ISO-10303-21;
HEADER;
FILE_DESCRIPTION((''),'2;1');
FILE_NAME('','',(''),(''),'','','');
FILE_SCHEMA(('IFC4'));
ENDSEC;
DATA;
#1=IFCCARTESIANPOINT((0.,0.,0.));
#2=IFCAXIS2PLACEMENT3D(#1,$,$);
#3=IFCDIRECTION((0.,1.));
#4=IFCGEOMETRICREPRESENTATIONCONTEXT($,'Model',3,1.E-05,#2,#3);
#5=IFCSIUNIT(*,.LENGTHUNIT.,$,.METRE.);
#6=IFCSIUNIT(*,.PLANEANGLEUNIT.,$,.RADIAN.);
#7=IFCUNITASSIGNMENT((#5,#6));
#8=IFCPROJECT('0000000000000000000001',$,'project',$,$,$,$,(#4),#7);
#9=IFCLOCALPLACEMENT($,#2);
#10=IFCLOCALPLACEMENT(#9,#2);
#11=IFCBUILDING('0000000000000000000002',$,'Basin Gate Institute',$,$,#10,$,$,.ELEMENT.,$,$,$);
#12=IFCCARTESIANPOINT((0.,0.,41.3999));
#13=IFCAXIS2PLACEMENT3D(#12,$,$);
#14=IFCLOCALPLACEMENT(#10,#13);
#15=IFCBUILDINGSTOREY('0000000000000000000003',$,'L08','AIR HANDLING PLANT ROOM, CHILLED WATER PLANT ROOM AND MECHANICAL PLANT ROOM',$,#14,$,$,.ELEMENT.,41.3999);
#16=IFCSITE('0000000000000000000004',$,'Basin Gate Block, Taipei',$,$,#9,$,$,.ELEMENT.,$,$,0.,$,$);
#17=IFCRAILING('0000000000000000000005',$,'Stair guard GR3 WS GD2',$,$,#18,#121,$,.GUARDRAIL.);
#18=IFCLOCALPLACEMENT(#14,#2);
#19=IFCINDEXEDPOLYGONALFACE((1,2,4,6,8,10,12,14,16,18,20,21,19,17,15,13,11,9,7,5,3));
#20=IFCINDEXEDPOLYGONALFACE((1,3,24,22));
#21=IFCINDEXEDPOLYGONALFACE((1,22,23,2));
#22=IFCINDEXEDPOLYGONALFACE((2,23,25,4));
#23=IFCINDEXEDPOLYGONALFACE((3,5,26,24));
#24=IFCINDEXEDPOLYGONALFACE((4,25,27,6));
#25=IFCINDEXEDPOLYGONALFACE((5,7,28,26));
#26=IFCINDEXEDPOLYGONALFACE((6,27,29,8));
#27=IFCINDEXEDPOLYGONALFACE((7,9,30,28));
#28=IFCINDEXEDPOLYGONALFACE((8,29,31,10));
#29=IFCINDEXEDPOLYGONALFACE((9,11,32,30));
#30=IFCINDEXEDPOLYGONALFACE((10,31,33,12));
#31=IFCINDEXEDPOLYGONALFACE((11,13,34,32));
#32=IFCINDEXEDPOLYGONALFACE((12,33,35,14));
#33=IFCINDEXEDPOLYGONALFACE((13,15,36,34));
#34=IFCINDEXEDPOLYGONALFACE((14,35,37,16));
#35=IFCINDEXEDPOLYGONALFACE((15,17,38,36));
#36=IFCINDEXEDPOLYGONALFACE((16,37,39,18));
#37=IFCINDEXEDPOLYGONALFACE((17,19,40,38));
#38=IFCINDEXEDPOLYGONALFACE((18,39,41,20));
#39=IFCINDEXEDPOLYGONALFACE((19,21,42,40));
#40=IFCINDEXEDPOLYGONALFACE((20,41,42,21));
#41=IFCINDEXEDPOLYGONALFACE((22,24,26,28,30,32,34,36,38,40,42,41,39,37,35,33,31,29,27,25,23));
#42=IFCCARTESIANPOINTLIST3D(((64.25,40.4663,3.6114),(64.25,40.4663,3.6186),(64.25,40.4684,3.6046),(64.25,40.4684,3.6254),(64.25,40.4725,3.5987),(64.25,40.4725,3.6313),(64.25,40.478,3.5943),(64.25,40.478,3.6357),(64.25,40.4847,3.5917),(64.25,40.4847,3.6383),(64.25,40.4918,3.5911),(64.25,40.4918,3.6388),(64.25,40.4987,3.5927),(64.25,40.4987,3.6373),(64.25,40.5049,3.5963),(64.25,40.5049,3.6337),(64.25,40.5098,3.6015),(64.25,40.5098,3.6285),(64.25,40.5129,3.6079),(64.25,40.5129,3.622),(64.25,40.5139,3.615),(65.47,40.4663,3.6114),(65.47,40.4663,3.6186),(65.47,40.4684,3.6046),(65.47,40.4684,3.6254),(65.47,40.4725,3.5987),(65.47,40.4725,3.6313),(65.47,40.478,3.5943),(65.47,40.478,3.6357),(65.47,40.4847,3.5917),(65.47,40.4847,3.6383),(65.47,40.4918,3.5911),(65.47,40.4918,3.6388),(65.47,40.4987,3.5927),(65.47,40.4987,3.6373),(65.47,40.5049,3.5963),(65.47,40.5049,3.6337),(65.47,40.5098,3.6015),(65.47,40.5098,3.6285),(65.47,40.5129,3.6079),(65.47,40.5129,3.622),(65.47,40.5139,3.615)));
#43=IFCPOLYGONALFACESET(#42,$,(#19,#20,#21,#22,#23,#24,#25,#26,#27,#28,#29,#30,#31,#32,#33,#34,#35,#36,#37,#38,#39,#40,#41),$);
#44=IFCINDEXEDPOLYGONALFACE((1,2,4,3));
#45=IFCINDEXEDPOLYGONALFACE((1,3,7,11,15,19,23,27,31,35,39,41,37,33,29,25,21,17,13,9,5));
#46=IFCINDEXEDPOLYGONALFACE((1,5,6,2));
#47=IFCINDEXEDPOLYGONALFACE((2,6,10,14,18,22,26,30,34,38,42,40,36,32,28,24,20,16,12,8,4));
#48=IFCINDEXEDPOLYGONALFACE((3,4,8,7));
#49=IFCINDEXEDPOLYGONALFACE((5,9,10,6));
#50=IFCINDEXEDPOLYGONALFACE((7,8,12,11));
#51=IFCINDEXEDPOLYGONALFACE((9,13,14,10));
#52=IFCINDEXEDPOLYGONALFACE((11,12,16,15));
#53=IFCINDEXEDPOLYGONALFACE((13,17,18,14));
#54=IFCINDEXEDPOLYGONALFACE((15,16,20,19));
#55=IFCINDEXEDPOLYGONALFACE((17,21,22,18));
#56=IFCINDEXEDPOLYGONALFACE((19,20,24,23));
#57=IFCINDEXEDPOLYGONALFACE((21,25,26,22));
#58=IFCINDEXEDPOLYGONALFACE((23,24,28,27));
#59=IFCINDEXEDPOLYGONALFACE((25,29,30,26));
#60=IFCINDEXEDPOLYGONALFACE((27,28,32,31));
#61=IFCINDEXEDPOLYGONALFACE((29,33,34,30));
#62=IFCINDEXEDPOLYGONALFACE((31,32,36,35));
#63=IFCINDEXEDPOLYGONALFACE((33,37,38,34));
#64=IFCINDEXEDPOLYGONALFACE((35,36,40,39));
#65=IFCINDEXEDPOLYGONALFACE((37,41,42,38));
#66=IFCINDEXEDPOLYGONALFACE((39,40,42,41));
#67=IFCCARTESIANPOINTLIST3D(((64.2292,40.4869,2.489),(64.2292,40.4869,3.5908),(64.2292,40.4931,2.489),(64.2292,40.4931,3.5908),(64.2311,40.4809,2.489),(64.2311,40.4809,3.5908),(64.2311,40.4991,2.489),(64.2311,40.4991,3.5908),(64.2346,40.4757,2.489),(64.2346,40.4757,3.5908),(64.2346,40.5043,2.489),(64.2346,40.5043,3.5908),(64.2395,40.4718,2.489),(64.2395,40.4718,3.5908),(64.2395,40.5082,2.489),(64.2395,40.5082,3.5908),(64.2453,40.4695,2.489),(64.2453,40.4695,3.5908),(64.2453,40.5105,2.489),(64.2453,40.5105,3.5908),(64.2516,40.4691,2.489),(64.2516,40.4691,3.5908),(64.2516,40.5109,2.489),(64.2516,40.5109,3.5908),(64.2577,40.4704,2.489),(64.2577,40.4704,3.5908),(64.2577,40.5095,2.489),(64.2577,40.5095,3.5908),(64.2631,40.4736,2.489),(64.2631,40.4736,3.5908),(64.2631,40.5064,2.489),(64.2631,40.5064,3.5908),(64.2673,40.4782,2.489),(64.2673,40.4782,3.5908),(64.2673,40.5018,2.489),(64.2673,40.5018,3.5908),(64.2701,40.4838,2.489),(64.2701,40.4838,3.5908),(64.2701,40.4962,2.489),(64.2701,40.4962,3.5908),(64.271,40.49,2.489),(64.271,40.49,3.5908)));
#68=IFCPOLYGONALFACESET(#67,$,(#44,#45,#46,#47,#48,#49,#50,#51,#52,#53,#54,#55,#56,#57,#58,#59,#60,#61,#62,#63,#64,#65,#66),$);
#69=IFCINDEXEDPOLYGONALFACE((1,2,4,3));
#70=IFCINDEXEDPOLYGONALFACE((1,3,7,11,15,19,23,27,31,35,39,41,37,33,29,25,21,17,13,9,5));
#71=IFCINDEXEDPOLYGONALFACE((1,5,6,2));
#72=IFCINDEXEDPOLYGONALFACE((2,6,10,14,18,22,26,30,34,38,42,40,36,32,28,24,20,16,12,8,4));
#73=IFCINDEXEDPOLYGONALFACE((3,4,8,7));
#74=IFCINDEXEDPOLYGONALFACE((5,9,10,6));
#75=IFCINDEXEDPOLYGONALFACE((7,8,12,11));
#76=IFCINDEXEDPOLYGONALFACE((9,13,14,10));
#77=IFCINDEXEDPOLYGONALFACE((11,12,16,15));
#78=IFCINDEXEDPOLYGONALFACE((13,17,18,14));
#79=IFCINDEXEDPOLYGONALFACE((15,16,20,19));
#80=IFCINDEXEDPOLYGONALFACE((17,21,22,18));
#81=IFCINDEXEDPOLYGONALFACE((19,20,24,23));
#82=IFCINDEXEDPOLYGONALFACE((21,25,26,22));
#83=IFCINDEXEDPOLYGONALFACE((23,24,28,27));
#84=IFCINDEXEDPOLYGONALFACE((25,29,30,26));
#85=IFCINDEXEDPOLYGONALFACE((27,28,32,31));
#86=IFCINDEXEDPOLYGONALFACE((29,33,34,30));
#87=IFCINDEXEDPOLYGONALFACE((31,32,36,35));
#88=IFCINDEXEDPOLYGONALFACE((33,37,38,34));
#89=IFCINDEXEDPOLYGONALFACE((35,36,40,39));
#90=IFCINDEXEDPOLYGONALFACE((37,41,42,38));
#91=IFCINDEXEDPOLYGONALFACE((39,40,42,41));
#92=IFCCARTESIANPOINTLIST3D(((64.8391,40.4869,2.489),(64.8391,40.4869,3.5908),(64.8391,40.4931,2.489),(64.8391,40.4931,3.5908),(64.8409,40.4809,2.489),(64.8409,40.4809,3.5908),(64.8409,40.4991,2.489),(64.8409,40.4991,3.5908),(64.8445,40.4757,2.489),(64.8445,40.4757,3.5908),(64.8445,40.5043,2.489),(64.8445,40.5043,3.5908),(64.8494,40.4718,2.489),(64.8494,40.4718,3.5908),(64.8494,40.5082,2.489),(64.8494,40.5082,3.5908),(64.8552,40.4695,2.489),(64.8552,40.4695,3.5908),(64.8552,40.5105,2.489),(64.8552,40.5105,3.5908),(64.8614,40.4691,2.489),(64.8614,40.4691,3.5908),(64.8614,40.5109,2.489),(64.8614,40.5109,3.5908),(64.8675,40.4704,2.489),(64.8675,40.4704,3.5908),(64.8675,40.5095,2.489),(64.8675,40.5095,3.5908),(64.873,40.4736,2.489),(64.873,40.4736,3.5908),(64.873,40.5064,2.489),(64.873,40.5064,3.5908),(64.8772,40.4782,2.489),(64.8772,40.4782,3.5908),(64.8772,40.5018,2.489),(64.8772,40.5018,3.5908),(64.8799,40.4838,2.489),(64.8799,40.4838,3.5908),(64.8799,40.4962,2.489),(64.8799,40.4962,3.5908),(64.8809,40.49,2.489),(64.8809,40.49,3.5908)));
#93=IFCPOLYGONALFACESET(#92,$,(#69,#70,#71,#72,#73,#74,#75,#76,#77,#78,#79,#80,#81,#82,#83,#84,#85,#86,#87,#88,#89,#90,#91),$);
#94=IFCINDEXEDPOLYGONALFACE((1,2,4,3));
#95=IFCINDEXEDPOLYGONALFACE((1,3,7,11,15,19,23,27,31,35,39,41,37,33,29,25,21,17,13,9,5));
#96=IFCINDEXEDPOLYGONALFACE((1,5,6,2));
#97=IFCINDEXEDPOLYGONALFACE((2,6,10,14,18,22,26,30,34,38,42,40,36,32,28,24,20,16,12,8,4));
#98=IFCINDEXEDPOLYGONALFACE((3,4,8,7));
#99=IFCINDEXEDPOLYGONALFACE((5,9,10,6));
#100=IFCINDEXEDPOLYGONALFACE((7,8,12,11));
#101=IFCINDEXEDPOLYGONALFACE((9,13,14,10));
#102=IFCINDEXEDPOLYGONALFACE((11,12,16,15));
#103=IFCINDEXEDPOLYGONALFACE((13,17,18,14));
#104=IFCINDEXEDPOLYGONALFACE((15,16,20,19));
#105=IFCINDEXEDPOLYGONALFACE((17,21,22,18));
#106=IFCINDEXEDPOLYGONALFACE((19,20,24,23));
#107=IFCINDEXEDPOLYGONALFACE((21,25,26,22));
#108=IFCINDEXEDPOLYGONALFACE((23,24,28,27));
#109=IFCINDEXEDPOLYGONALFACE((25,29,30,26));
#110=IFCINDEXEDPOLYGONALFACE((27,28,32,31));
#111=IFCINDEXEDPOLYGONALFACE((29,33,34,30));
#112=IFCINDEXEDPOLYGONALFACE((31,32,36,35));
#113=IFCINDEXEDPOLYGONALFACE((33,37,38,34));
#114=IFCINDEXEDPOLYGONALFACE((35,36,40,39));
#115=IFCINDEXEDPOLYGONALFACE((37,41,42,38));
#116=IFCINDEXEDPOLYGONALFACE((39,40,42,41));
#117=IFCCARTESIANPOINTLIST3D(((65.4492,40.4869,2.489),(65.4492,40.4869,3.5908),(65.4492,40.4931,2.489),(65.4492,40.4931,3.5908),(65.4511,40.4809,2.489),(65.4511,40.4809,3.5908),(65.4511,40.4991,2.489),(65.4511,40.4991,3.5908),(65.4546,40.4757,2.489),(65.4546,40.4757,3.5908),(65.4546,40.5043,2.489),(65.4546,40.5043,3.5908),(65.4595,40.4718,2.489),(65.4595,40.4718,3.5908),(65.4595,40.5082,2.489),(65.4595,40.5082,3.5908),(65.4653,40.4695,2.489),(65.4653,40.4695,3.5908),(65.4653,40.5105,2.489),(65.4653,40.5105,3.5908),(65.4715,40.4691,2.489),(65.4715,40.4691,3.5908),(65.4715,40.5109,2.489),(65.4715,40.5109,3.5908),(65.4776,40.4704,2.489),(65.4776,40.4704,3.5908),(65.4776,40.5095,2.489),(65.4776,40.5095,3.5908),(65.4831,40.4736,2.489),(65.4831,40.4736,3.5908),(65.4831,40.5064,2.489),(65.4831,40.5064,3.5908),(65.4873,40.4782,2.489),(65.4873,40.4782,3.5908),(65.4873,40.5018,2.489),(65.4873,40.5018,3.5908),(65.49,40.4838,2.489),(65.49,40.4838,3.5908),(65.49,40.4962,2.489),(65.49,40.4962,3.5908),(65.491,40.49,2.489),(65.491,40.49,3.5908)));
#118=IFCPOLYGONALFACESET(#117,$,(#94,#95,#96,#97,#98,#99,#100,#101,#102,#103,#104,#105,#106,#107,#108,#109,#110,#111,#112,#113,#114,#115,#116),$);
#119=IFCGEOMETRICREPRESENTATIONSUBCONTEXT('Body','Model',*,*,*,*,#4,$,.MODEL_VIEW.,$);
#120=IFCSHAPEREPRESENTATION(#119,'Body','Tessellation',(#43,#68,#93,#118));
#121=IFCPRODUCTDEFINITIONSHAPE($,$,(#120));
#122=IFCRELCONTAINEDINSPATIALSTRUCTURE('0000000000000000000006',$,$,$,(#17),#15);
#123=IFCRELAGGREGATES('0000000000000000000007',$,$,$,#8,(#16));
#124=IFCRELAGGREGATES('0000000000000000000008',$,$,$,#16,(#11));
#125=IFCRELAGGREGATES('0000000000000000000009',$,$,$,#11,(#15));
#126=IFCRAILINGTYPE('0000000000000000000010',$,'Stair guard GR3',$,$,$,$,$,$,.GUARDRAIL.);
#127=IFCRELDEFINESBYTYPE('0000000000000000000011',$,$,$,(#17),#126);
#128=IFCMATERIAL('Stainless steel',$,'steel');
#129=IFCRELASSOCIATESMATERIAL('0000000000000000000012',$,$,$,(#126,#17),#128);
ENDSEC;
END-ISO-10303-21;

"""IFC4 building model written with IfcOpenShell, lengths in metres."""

from ifc_helpers import new_model, si_unit, direction, frame, origin, origin_2d, place, context, subcontext, project, spatial, circle, extrude, material, type_object, element, save


model = new_model("IFC4")

# Units and contexts
model_context = context("Model", 3, precision=1e-05, world=origin(), true_north=direction((0.0, 1.0)))
body_context = subcontext(model_context, "Body", "Model", "MODEL_VIEW")
ifc_project = project(units=[si_unit("LENGTHUNIT", "METRE"), si_unit("PLANEANGLEUNIT", "RADIAN")], contexts=[model_context])

# Site, building, storey
site_placement = place(None, origin())
site = spatial("IfcSite", under=ifc_project, at=site_placement, Name="Basin Gate Block, Taipei", CompositionType="ELEMENT", RefElevation=0.0)
building_placement = place(site_placement, origin())
building = spatial("IfcBuilding", under=site, at=building_placement, Name="Basin Gate Institute", CompositionType="ELEMENT")
storey_placement = place(building_placement, frame((0.0, 0.0, 41.3999)))
storey = spatial("IfcBuildingStorey", under=building, at=storey_placement, Name="L08", Description="AIR HANDLING PLANT ROOM, CHILLED WATER PLANT ROOM AND MECHANICAL PLANT ROOM", CompositionType="ELEMENT", Elevation=41.3999)

# Railing
ifc_material_1 = material(Name="Stainless steel", Category="steel")
railing_type_1 = type_object("IfcRailingType", Name="Stair guard GR3", PredefinedType="GUARDRAIL", material=ifc_material_1)
railing_1_placement = place(storey_placement, frame((64.25, 40.49, 2.489)))
element("IfcRailing", 1, at=railing_1_placement, inside=storey, type_object=railing_type_1, material=ifc_material_1, Name="Stair guard GR3 WS GD2", PredefinedType="GUARDRAIL", context=body_context, shape_type="SweptSolid", body=[
    extrude(circle(Radius=0.0239, at=origin_2d()), frame((0.0, 0.0, 1.126), z_axis=(1.0, 0.0, 0.0), x_axis=(0.0, 1.0, 0.0)), (0.0, 0.0, 1.0), 1.22),
    extrude(circle(Radius=0.021, at=origin_2d()), origin(), (0.0, 0.0, 1.0), 1.1018),
    extrude(circle(Radius=0.021, at=origin_2d()), frame((0.6099, 0.0, 0.0)), (0.0, 0.0, 1.0), 1.1018),
    extrude(circle(Radius=0.021, at=origin_2d()), frame((1.22, 0.0, 0.0)), (0.0, 0.0, 1.0), 1.1018),
])

save(model, "model.ifc")
